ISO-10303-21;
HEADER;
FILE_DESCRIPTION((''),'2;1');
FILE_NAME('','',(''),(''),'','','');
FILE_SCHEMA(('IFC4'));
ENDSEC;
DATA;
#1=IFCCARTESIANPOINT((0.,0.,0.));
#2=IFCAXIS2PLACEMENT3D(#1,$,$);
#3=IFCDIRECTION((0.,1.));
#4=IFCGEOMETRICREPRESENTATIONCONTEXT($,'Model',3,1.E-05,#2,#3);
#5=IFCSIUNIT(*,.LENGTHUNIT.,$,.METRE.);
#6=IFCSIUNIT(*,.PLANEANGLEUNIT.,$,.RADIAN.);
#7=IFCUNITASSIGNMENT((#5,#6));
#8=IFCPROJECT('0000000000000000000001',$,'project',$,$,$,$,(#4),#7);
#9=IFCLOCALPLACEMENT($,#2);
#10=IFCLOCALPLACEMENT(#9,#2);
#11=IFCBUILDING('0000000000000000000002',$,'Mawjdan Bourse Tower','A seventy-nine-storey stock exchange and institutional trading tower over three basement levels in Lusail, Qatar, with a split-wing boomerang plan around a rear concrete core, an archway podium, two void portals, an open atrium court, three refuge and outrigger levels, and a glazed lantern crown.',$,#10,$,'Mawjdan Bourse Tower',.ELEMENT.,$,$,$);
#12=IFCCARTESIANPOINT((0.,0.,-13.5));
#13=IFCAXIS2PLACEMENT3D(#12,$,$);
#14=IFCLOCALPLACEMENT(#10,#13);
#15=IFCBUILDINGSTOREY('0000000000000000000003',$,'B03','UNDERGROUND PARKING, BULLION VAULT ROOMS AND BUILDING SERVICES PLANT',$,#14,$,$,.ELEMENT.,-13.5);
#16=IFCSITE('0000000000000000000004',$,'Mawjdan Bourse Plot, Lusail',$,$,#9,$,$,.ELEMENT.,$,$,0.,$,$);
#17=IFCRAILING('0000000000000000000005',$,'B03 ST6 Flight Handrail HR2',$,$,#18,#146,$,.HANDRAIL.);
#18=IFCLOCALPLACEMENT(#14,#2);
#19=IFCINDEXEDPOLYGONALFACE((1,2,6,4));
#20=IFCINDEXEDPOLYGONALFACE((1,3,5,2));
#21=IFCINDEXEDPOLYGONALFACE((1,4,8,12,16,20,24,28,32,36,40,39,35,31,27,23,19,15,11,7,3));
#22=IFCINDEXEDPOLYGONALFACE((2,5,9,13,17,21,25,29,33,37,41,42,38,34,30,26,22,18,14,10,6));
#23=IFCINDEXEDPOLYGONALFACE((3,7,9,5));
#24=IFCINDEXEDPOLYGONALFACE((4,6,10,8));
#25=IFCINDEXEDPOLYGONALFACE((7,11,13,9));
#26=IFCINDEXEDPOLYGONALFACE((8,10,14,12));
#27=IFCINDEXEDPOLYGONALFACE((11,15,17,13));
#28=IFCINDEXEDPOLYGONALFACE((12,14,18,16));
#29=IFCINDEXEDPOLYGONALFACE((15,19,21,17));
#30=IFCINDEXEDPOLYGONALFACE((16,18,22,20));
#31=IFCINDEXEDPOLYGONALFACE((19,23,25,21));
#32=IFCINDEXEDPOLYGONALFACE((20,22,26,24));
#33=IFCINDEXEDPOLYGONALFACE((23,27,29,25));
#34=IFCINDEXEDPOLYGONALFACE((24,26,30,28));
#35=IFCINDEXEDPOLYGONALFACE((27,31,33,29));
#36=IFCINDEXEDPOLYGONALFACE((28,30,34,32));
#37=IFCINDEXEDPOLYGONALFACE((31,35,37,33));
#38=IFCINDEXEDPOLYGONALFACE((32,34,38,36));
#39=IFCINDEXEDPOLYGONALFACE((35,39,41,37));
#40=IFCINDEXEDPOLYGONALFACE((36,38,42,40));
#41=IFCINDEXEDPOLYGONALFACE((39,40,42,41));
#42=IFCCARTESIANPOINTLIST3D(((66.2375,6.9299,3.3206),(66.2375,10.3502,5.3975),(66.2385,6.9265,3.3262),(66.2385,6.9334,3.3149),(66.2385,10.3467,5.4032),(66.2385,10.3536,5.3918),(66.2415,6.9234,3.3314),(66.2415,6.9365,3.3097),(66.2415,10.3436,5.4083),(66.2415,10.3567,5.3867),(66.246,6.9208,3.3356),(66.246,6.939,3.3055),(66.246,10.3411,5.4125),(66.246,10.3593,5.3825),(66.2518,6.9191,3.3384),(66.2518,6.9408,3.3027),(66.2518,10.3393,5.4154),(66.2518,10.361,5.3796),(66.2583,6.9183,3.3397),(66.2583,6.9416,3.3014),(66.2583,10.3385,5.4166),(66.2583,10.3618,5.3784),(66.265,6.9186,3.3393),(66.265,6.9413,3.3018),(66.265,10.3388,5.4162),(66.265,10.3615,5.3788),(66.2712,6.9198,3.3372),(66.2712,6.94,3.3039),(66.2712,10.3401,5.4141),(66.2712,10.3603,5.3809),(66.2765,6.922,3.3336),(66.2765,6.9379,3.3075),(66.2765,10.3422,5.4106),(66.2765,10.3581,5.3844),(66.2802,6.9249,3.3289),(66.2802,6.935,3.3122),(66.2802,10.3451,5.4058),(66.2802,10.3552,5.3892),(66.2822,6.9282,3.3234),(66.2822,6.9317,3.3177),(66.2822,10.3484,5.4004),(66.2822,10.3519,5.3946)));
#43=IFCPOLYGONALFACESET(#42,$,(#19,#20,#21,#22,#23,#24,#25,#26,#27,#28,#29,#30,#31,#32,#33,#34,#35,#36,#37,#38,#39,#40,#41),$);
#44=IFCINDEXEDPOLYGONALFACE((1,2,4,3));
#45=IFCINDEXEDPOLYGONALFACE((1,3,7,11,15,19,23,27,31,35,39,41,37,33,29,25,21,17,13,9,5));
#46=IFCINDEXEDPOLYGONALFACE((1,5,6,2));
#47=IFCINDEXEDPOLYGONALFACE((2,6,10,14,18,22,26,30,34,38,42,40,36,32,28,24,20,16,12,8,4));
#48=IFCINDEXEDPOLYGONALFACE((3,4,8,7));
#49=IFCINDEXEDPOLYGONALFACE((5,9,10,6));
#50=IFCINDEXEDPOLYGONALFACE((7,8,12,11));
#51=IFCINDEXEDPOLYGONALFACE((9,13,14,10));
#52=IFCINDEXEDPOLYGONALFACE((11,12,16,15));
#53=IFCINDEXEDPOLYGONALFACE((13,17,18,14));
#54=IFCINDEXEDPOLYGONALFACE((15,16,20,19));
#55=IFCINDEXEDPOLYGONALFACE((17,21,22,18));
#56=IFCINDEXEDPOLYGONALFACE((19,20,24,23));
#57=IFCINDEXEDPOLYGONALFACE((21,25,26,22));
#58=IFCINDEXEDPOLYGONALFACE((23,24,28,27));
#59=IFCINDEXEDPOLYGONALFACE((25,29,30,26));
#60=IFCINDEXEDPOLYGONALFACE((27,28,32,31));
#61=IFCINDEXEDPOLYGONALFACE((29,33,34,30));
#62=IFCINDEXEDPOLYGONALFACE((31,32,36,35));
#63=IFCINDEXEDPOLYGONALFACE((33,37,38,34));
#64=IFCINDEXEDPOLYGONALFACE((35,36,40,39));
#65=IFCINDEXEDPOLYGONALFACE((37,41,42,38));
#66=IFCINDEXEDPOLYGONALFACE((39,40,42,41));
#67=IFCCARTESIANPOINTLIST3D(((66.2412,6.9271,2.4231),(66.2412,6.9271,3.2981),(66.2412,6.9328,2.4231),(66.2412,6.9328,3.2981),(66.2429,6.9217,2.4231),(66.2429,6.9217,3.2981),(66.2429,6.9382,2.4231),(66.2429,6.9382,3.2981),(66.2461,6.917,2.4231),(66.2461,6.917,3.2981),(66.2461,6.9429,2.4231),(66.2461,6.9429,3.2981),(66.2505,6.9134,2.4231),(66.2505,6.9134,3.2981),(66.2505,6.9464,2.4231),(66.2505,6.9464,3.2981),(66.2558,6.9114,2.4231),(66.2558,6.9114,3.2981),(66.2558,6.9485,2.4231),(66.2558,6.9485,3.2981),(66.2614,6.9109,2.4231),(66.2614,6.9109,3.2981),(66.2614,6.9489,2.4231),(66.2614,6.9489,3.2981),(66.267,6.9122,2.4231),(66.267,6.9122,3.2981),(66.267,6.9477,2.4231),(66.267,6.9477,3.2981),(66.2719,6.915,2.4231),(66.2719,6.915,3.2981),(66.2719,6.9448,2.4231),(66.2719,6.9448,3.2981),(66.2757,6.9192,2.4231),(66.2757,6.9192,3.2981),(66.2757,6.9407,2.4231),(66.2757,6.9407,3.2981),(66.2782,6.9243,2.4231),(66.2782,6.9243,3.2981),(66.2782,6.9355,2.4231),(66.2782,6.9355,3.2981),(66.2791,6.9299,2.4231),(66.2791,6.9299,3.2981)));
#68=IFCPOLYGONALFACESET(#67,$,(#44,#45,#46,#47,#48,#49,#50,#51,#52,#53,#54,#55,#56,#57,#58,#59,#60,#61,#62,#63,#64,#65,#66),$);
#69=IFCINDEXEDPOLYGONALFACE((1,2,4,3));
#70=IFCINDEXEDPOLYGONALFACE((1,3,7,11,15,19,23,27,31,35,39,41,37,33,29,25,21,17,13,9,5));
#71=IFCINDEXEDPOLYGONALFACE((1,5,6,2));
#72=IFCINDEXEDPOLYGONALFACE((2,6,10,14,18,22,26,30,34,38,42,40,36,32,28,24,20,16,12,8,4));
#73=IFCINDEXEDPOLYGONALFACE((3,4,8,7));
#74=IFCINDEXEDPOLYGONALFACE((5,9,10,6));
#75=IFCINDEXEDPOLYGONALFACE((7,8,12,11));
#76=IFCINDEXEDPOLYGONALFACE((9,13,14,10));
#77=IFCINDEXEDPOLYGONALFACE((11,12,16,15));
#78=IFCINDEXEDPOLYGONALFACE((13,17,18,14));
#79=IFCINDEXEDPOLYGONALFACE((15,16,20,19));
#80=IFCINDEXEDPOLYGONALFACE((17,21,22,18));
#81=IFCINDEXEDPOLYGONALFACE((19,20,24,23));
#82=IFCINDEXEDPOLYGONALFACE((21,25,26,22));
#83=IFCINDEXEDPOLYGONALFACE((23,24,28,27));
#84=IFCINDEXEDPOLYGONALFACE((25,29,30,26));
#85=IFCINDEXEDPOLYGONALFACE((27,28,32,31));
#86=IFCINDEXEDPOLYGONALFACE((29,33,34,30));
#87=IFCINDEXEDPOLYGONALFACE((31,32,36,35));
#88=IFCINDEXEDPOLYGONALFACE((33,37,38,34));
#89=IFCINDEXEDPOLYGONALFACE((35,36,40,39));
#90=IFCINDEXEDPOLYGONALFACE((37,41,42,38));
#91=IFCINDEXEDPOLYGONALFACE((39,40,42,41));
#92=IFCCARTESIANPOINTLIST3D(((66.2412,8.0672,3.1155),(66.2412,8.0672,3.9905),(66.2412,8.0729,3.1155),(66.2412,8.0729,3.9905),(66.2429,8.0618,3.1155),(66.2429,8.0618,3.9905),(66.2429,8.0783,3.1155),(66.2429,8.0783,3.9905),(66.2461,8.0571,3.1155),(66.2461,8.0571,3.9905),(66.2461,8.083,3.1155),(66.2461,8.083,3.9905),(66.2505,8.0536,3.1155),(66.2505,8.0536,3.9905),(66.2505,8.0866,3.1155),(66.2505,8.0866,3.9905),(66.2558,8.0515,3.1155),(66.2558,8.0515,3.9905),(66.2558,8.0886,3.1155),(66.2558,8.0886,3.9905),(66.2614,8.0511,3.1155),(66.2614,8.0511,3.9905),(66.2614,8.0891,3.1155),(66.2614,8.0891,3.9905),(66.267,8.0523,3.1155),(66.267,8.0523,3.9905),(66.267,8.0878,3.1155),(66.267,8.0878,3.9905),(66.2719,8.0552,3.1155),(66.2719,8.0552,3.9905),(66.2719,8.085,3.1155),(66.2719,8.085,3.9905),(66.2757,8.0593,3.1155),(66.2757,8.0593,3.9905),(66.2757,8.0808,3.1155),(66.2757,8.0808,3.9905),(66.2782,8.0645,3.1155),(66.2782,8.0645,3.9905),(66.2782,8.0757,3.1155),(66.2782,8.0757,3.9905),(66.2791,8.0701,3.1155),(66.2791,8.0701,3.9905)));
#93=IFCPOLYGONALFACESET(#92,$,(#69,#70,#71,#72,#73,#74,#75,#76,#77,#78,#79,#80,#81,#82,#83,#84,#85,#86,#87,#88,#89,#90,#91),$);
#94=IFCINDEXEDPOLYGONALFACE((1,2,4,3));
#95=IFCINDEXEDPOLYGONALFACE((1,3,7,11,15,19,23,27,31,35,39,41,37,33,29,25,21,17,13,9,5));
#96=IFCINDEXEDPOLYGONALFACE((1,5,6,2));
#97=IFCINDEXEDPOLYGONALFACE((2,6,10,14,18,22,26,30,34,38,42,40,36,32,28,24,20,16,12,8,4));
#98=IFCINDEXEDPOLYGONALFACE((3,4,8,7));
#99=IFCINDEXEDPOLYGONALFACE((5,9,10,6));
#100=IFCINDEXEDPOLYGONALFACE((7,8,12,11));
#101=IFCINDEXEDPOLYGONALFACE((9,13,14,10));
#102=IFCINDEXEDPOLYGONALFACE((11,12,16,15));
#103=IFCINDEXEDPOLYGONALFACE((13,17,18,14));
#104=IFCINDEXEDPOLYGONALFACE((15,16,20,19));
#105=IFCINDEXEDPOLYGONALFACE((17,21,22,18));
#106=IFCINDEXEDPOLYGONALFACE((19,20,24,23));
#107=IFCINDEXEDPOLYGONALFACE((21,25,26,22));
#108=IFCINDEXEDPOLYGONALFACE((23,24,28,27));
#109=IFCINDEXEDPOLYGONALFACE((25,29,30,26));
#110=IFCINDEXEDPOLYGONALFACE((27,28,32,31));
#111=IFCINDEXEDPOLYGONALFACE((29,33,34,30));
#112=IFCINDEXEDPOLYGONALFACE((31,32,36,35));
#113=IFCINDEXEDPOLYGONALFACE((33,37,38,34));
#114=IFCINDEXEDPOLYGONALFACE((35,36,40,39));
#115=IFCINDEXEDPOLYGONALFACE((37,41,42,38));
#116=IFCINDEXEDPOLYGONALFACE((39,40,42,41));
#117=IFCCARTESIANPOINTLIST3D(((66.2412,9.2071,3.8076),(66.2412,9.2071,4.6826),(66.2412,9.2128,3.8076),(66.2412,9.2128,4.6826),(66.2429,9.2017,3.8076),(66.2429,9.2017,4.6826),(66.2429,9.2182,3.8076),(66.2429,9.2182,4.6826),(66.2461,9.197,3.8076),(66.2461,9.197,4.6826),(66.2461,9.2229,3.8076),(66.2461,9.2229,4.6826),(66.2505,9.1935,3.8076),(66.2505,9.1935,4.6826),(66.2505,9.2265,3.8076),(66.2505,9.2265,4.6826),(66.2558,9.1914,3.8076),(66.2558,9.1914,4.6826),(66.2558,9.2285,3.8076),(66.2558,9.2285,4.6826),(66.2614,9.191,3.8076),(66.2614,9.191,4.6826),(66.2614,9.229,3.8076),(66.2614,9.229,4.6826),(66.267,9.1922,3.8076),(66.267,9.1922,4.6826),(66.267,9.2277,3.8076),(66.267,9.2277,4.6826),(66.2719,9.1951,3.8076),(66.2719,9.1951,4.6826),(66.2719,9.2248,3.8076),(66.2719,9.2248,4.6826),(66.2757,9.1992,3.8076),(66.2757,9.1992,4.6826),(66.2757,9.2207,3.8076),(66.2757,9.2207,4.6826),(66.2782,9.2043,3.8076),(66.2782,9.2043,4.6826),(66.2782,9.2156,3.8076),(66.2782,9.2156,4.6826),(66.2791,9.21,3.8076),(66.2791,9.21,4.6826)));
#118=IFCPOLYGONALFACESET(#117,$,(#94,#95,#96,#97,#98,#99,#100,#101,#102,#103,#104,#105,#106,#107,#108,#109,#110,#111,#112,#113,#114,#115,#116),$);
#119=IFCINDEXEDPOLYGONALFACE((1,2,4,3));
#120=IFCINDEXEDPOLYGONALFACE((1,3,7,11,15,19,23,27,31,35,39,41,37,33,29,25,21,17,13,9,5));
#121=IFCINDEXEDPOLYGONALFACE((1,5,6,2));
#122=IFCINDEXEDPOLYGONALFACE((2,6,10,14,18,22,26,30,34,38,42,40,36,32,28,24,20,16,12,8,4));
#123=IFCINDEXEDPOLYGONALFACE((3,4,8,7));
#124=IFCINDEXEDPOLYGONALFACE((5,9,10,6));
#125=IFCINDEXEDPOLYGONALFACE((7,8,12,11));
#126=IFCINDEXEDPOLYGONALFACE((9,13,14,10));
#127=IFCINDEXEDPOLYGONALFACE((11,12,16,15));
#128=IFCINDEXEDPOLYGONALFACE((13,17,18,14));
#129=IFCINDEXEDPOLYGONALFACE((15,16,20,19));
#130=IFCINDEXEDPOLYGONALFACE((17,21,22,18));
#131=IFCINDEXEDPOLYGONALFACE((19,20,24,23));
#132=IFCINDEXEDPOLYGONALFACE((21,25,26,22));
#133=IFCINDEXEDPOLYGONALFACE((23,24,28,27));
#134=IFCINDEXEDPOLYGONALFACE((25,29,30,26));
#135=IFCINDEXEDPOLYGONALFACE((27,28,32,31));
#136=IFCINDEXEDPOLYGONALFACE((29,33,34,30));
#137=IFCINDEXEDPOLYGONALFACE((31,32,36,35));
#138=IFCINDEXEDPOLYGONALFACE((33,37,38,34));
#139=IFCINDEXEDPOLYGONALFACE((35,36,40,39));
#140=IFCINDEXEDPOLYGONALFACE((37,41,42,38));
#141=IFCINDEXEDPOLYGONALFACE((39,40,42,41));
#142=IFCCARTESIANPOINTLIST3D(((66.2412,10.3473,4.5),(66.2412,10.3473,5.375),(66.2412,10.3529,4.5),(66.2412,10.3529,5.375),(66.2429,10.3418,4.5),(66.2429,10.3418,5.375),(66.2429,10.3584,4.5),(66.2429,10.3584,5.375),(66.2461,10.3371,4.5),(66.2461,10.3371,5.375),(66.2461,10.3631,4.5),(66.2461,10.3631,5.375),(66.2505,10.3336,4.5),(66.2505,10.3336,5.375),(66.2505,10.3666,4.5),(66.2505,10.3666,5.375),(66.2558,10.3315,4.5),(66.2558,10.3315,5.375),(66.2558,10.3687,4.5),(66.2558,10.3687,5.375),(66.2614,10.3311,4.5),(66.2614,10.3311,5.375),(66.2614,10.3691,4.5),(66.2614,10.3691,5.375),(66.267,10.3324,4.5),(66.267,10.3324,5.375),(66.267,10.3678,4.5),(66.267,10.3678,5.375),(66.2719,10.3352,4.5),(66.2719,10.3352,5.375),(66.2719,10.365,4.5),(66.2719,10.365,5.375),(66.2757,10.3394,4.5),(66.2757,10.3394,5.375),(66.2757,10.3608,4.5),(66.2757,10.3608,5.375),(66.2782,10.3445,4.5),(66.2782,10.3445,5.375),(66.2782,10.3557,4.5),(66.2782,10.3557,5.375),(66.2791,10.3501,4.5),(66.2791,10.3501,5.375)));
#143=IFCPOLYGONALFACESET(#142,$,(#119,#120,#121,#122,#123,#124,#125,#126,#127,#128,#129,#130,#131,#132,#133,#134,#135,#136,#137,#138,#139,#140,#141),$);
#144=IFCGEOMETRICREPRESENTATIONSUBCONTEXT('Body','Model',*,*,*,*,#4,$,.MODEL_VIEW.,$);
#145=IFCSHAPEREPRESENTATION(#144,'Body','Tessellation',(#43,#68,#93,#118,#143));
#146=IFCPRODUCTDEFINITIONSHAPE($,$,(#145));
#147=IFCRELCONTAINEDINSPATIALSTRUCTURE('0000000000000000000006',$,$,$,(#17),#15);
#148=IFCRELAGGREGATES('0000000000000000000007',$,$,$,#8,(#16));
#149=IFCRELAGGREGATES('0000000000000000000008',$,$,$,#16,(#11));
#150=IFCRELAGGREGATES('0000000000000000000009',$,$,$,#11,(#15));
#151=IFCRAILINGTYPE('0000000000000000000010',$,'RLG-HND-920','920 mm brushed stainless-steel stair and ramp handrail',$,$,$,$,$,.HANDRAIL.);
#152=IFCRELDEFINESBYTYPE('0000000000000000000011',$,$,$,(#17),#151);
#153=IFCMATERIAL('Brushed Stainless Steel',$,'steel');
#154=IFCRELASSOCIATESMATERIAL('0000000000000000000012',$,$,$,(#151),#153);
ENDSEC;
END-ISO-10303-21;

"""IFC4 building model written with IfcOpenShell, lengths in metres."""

from ifc_helpers import new_model, si_unit, direction, frame, origin, origin_2d, place, context, subcontext, project, spatial, circle, extrude, material, type_object, element, save


model = new_model("IFC4")

# Units and contexts
model_context = context("Model", 3, precision=1e-05, world=origin(), true_north=direction((0.0, 1.0)))
body_context = subcontext(model_context, "Body", "Model", "MODEL_VIEW")
ifc_project = project(units=[si_unit("LENGTHUNIT", "METRE"), si_unit("PLANEANGLEUNIT", "RADIAN")], contexts=[model_context])

# Site, building, storey
site_placement = place(None, origin())
site = spatial("IfcSite", under=ifc_project, at=site_placement, Name="Mawjdan Bourse Plot, Lusail", CompositionType="ELEMENT", RefElevation=0.0)
building_placement = place(site_placement, origin())
building = spatial("IfcBuilding", under=site, at=building_placement, Name="Mawjdan Bourse Tower", Description="A seventy-nine-storey stock exchange and institutional trading tower over three basement levels in Lusail, Qatar, with a split-wing boomerang plan around a rear concrete core, an archway podium, two void portals, an open atrium court, three refuge and outrigger levels, and a glazed lantern crown.", LongName="Mawjdan Bourse Tower", CompositionType="ELEMENT")
storey_placement = place(building_placement, frame((0.0, 0.0, -13.5)))
storey = spatial("IfcBuildingStorey", under=building, at=storey_placement, Name="B03", Description="UNDERGROUND PARKING, BULLION VAULT ROOMS AND BUILDING SERVICES PLANT", CompositionType="ELEMENT", Elevation=-13.5)

# Railing
ifc_material_1 = material(Name="Brushed Stainless Steel", Category="steel")
railing_type_1 = type_object("IfcRailingType", Name="RLG-HND-920", Description="920 mm brushed stainless-steel stair and ramp handrail", PredefinedType="HANDRAIL", material=ifc_material_1)
railing_1_placement = place(storey_placement, frame((66.26, 6.9299, 2.4231)))
element("IfcRailing", 1, at=railing_1_placement, inside=storey, type_object=railing_type_1, Name="B03 ST6 Flight Handrail HR2", PredefinedType="HANDRAIL", context=body_context, shape_type="SweptSolid", body=[
    extrude(circle(Radius=0.0225, at=origin_2d()), frame((0.0, 0.0, 0.8975), z_axis=(0.0, 0.854746, 0.519047), x_axis=(-1.0, 0.0, 0.0)), (0.0, 0.0, 1.0), 4.0015),
    extrude(circle(Radius=0.019, at=origin_2d()), origin(), (0.0, 0.0, 1.0), 0.875),
    extrude(circle(Radius=0.019, at=origin_2d()), frame((0.0, 1.1401, 0.6924)), (0.0, 0.0, 1.0), 0.875),
    extrude(circle(Radius=0.019, at=origin_2d()), frame((0.0, 2.28, 1.3845)), (0.0, 0.0, 1.0), 0.875),
    extrude(circle(Radius=0.019, at=origin_2d()), frame((0.0, 3.4202, 2.0769)), (0.0, 0.0, 1.0), 0.875),
])

save(model, "model.ifc")
